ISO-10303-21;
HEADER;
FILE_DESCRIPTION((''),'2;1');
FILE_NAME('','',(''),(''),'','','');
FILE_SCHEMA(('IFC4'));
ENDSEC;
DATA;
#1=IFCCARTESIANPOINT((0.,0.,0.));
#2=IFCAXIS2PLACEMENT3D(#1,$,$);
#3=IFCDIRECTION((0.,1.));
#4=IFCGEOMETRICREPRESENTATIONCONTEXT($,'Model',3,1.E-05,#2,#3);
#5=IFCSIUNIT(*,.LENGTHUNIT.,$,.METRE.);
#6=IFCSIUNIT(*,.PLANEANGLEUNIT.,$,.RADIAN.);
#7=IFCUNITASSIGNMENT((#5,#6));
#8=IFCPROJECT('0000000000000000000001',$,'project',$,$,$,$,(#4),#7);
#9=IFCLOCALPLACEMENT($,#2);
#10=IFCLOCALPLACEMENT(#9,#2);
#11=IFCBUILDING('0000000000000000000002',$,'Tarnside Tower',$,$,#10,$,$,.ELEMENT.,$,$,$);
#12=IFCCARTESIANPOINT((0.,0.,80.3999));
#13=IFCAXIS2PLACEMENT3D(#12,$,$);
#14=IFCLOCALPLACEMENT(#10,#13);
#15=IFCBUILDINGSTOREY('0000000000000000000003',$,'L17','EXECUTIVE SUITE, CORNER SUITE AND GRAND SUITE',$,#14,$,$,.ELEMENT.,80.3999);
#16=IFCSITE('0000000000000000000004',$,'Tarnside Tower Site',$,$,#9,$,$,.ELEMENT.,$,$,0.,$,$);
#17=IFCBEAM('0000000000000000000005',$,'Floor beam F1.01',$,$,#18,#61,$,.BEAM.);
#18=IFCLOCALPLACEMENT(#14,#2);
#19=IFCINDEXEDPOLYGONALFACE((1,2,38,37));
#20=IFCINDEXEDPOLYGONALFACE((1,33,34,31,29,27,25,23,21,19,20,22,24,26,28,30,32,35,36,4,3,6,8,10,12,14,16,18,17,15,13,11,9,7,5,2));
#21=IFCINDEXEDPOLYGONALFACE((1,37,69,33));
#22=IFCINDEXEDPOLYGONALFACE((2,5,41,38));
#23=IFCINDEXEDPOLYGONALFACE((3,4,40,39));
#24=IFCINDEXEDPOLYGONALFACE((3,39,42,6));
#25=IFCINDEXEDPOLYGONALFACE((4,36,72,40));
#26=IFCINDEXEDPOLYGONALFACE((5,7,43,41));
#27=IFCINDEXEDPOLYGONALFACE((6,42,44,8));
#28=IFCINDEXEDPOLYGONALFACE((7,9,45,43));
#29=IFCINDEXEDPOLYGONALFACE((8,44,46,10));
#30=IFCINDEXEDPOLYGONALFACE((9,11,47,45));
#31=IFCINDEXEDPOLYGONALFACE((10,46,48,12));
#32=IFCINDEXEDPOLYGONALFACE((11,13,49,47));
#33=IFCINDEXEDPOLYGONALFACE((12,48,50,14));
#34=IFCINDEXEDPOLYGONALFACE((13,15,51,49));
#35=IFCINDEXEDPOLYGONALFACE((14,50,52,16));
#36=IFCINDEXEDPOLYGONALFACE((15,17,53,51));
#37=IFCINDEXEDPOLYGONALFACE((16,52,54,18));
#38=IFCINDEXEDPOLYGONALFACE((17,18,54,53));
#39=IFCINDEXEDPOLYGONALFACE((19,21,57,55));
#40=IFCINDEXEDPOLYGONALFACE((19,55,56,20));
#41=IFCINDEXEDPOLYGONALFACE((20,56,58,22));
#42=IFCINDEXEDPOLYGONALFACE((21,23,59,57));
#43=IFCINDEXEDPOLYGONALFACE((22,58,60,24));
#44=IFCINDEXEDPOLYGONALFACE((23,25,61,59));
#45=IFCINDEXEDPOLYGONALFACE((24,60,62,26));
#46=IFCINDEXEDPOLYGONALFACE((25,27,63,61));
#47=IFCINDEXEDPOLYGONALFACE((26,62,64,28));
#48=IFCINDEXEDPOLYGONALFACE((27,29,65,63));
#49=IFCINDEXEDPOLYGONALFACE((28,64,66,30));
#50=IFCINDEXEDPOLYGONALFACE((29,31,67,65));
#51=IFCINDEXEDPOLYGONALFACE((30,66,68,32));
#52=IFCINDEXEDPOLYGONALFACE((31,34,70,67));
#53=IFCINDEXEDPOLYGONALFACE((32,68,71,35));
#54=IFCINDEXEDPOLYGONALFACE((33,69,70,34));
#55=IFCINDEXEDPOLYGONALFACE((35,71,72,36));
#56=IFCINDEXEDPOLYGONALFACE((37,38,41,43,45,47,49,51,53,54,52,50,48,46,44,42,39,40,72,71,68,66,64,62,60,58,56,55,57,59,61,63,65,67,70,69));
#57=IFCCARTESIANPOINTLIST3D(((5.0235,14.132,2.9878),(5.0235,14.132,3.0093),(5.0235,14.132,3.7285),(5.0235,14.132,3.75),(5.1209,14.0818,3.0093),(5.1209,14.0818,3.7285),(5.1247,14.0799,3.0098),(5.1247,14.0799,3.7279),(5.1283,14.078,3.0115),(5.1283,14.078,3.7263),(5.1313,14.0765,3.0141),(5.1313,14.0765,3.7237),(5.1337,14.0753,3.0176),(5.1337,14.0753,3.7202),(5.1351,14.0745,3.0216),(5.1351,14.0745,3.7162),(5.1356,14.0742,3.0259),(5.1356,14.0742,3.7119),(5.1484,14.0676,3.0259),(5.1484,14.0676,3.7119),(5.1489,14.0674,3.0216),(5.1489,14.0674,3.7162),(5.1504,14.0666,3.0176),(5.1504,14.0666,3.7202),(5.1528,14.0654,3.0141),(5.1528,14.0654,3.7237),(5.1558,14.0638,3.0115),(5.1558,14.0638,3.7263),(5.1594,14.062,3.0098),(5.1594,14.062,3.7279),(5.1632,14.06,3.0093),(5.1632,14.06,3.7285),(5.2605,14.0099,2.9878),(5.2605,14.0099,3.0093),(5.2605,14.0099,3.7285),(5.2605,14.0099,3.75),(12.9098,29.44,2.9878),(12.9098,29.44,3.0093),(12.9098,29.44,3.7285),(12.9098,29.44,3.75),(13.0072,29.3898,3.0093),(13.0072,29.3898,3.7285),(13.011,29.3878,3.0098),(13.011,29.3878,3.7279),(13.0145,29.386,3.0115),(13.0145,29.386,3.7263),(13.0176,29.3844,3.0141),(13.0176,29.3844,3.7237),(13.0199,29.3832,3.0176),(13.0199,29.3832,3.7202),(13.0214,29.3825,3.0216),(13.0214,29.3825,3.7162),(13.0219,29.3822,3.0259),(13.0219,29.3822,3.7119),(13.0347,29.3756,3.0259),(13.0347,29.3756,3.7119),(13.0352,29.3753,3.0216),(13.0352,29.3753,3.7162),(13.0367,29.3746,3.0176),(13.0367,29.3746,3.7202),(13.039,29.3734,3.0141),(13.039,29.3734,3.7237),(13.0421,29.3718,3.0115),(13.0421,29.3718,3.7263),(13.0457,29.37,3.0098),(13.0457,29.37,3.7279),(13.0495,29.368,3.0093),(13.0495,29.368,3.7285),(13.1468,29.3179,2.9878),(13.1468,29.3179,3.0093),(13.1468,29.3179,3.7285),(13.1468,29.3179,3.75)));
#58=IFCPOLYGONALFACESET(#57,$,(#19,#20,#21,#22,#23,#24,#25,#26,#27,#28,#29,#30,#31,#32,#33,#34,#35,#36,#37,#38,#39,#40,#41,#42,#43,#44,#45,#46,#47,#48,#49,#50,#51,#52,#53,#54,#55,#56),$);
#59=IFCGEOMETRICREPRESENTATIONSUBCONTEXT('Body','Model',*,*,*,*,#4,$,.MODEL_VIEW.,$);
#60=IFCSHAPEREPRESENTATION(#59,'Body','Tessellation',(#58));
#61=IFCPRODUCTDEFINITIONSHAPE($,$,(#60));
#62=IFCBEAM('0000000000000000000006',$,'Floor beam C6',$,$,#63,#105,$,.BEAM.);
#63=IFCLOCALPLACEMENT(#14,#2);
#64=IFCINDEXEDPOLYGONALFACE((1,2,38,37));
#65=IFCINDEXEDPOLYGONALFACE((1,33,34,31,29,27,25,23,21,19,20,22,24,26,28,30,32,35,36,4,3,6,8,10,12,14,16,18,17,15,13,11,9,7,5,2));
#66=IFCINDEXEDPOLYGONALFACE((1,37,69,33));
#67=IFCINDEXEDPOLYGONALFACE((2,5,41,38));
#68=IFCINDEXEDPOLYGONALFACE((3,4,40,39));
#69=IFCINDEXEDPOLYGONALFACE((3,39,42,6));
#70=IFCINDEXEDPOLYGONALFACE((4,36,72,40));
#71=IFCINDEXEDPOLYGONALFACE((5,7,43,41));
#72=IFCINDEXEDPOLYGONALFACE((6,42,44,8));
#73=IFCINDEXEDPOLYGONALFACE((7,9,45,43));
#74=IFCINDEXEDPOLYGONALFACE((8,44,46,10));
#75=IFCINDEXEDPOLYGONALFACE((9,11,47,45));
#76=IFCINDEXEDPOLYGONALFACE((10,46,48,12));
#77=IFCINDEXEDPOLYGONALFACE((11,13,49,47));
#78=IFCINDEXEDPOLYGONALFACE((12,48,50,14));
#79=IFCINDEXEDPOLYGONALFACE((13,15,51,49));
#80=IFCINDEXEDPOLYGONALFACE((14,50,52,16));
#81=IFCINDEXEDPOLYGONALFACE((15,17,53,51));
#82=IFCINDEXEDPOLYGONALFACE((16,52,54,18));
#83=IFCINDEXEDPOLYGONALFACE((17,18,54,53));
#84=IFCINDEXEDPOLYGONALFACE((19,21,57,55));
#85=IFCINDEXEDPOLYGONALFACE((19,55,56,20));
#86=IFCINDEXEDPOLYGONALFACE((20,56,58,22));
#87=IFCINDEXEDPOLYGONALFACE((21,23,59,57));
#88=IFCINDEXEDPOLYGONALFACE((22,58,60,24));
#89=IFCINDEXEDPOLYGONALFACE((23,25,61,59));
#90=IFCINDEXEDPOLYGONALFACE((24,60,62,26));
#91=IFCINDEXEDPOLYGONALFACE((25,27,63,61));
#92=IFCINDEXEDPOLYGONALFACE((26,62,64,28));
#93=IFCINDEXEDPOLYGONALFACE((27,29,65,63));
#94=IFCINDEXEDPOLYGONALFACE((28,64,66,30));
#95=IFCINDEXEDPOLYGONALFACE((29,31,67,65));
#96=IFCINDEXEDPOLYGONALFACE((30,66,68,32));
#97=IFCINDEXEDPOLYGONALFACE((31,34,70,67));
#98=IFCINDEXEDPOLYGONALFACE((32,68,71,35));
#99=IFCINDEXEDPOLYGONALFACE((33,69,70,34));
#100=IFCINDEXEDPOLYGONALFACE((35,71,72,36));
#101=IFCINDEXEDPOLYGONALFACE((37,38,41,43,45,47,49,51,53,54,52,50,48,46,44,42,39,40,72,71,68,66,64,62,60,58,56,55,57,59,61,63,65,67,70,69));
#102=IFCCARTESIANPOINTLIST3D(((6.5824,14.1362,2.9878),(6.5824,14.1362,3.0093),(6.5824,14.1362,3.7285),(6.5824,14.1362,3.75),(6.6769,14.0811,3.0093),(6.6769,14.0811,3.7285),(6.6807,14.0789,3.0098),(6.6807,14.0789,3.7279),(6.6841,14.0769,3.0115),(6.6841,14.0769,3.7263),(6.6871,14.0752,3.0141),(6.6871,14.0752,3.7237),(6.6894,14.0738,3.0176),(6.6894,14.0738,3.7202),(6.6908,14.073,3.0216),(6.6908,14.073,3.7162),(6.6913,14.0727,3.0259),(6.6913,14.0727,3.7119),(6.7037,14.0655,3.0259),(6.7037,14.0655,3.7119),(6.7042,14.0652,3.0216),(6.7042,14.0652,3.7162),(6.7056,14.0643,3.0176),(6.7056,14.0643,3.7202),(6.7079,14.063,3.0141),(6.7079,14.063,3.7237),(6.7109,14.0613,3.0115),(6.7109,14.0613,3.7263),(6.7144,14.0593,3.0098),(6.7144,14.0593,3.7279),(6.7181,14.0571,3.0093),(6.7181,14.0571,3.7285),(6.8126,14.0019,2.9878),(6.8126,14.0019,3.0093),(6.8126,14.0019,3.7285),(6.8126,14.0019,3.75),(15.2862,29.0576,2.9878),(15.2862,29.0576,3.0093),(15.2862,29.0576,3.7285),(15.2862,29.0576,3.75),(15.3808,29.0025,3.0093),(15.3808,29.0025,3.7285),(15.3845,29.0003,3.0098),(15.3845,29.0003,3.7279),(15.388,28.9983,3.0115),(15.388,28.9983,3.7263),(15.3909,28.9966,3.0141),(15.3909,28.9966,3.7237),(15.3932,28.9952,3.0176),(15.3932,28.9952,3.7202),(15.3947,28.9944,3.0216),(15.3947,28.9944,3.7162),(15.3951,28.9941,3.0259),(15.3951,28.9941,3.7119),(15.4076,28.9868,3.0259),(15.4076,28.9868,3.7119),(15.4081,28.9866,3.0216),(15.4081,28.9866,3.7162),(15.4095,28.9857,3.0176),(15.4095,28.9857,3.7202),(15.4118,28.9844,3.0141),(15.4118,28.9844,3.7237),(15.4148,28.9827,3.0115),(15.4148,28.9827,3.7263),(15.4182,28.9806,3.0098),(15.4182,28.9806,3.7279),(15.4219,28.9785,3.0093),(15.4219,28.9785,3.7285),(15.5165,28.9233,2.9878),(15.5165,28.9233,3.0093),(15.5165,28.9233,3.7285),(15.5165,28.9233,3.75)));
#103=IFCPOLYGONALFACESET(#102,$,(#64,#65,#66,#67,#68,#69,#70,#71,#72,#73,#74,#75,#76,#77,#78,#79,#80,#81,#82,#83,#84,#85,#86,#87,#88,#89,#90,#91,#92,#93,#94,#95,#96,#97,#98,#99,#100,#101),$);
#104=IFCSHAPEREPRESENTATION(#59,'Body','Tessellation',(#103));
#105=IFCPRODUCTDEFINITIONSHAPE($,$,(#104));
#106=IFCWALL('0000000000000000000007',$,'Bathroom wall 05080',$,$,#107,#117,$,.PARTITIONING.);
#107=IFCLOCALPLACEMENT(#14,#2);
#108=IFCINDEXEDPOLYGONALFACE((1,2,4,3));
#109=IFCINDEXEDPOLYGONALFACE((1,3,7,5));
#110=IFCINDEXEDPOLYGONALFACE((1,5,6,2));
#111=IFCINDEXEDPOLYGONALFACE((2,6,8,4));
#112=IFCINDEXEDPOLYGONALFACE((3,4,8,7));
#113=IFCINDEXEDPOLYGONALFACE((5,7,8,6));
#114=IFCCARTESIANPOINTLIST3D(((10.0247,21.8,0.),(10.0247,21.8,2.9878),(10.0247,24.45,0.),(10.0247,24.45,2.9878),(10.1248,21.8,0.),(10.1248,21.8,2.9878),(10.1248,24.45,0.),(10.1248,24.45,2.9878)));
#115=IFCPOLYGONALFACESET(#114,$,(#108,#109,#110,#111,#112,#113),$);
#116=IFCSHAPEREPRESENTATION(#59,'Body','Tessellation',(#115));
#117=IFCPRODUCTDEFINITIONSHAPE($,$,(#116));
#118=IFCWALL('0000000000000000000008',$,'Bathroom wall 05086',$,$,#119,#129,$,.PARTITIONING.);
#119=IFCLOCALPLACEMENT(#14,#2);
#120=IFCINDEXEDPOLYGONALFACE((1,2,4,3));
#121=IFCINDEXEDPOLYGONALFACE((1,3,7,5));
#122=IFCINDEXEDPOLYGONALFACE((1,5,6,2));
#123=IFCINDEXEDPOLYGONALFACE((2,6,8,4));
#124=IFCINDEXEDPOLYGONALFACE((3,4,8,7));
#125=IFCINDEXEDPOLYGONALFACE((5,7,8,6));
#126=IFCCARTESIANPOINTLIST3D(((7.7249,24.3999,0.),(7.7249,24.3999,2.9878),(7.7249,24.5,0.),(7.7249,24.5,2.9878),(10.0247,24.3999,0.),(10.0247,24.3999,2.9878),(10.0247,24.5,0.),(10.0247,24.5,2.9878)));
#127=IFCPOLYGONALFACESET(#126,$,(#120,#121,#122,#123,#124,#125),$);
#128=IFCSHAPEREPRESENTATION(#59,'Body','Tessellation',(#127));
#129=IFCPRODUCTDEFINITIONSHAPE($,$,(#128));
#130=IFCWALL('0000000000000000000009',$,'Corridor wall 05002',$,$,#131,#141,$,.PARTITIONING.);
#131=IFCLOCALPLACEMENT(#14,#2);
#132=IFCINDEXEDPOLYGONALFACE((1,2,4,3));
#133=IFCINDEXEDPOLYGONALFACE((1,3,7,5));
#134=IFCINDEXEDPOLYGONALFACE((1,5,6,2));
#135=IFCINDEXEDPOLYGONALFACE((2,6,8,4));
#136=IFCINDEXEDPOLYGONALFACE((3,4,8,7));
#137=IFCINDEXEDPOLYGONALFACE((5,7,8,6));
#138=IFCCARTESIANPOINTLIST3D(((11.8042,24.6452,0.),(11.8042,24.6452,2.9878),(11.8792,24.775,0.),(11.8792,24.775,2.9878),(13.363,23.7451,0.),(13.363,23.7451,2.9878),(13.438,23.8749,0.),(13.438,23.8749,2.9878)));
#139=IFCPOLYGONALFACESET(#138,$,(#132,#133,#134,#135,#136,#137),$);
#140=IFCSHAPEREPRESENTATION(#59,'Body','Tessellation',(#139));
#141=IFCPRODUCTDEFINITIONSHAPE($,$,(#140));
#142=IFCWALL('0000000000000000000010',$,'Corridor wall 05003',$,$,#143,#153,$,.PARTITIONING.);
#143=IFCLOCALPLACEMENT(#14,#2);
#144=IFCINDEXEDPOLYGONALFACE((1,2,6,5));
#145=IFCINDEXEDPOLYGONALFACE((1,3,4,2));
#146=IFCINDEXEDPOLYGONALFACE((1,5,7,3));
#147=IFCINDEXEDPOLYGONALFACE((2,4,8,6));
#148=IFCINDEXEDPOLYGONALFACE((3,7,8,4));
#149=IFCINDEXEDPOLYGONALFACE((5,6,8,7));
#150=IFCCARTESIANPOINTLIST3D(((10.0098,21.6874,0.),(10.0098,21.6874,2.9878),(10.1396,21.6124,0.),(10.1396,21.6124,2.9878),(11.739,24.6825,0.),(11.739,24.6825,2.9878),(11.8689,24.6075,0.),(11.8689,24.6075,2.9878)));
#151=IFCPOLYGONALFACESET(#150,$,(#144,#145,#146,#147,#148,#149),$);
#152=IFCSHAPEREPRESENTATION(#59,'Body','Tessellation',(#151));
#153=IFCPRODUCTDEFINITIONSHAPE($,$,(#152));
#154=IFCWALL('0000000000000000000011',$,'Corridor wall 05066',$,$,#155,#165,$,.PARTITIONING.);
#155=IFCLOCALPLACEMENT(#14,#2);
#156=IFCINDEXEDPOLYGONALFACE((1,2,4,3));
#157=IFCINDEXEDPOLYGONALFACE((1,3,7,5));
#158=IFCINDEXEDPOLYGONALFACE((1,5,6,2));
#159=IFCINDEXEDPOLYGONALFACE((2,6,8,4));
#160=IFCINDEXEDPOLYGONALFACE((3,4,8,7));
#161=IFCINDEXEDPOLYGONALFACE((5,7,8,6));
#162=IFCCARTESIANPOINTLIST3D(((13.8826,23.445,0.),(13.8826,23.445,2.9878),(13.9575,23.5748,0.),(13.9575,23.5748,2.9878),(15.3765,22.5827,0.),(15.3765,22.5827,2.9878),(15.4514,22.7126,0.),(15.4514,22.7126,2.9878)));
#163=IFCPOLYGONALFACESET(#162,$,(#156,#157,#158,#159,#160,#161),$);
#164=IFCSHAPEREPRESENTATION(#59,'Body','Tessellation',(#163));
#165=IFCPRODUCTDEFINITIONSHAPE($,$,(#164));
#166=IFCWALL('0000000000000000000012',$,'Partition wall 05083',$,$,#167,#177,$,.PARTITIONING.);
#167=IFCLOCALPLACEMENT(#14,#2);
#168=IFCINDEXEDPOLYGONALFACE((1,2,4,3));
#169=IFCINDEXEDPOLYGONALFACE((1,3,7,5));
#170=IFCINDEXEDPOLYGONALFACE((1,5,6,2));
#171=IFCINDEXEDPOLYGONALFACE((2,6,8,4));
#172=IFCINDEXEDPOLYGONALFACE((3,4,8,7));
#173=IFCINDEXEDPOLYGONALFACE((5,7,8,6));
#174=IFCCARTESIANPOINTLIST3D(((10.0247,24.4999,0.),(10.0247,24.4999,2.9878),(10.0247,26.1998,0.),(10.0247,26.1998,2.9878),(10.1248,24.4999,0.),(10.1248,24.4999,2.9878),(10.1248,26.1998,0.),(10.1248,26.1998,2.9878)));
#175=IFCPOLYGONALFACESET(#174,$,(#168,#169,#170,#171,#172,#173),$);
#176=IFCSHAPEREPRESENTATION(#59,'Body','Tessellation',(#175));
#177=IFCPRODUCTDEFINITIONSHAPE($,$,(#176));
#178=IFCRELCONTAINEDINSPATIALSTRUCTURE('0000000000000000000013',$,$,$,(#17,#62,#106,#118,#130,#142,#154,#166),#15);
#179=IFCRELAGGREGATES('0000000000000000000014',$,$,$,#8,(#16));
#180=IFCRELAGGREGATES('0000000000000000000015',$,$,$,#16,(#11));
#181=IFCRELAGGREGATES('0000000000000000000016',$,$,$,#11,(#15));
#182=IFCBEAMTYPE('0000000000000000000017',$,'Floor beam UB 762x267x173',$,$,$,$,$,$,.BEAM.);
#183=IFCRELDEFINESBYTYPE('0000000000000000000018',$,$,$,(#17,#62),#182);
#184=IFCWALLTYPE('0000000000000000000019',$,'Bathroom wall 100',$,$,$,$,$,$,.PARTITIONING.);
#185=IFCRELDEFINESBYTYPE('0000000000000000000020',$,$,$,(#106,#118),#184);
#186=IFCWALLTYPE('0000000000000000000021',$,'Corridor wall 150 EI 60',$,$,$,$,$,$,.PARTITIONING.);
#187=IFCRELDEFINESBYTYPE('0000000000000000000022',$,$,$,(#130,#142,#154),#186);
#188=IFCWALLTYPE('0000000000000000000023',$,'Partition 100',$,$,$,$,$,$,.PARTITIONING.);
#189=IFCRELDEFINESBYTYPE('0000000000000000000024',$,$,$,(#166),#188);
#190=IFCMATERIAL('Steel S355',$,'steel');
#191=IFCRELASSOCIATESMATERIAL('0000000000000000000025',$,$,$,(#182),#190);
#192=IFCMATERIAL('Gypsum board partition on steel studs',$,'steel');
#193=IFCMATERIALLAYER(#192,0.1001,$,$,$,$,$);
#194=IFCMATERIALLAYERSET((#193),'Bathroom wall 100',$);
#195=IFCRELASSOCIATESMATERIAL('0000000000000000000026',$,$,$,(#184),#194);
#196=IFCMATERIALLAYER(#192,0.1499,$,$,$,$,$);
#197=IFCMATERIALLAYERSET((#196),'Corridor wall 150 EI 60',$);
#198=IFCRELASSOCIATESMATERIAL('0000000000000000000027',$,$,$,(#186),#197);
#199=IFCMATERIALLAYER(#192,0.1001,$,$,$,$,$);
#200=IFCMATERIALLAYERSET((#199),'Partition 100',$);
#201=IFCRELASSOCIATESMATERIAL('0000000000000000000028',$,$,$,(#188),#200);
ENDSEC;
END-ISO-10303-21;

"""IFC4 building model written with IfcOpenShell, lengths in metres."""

from ifc_helpers import new_model, si_unit, direction, frame, frame_2d, origin, origin_2d, place, context, subcontext, project, spatial, rectangle, i_section, extrude, material, layer, layer_set, material_profile, profile_set, type_object, element, save


model = new_model("IFC4")

# Units and contexts
model_context = context("Model", 3, precision=1e-05, world=origin(), true_north=direction((0.0, 1.0)))
body_context = subcontext(model_context, "Body", "Model", "MODEL_VIEW")
ifc_project = project(units=[si_unit("LENGTHUNIT", "METRE"), si_unit("PLANEANGLEUNIT", "RADIAN")], contexts=[model_context])

# Site, building, storey
site_placement = place(None, origin())
site = spatial("IfcSite", under=ifc_project, at=site_placement, Name="Tarnside Tower Site", CompositionType="ELEMENT", RefElevation=0.0)
building_placement = place(site_placement, origin())
building = spatial("IfcBuilding", under=site, at=building_placement, Name="Tarnside Tower", CompositionType="ELEMENT")
storey_placement = place(building_placement, frame((0.0, 0.0, 80.3999)))
storey = spatial("IfcBuildingStorey", under=building, at=storey_placement, Name="L17", Description="EXECUTIVE SUITE, CORNER SUITE AND GRAND SUITE", CompositionType="ELEMENT", Elevation=80.3999)

# Beams
ifc_material_1 = material(Name="Steel S355", Category="steel")
ifc_material_profile = material_profile(ifc_material_1, i_section(OverallWidth=0.2666, OverallDepth=0.7622, WebThickness=0.0144, FlangeThickness=0.0215, FilletRadius=0.0166, at=origin_2d()), Name="UB 762x267x173")
ifc_profile_set = profile_set([ifc_material_profile], Name="Steel S355")
beam_type = type_object("IfcBeamType", Name="Floor beam UB 762x267x173", PredefinedType="BEAM", material=ifc_profile_set)
beam_1_placement = place(storey_placement, frame((13.0283, 29.3789, 3.3689), z_axis=(-0.457973, -0.888966, 0.0), x_axis=(0.888966, -0.457973, 0.0)))
element("IfcBeam", 1, at=beam_1_placement, inside=storey, type_object=beam_type, Name="Floor beam F1.01", PredefinedType="BEAM", context=body_context, shape_type="SweptSolid", body=[
    extrude(i_section(OverallWidth=0.2666, OverallDepth=0.7622, WebThickness=0.0144, FlangeThickness=0.0215, FilletRadius=0.0166, at=origin_2d()), origin(), (0.0, 0.0, 1.0), 17.22),
])
beam_2_placement = place(storey_placement, frame((15.4014, 28.9905, 3.3689), z_axis=(-0.503859, -0.863786, 0.0), x_axis=(0.863786, -0.503859, 0.0)))
element("IfcBeam", 2, at=beam_2_placement, inside=storey, type_object=beam_type, Name="Floor beam C6", PredefinedType="BEAM", context=body_context, shape_type="SweptSolid", body=[
    extrude(i_section(OverallWidth=0.2666, OverallDepth=0.7622, WebThickness=0.0144, FlangeThickness=0.0215, FilletRadius=0.0166, at=origin_2d()), origin(), (0.0, 0.0, 1.0), 17.2744),
])

# Walls
ifc_material_2 = material(Name="Gypsum board partition on steel studs", Category="steel")
ifc_layer_1 = layer(ifc_material_2, 0.1001)
ifc_layer_set_1 = layer_set([ifc_layer_1], Name="Bathroom wall 100")
wall_type_1 = type_object("IfcWallType", Name="Bathroom wall 100", PredefinedType="PARTITIONING", material=ifc_layer_set_1)
wall_1_placement = place(storey_placement, frame((10.0747, 24.45, 0.0), z_axis=(0.0, 0.0, 1.0), x_axis=(0.0, -1.0, 0.0)))
element("IfcWall", 3, at=wall_1_placement, inside=storey, type_object=wall_type_1, Name="Bathroom wall 05080", PredefinedType="PARTITIONING", context=body_context, shape_type="SweptSolid", body=[
    extrude(rectangle(XDim=2.6499, YDim=0.1001, at=frame_2d((1.325, 0.0))), origin(), (0.0, 0.0, 1.0), 2.9878),
])
wall_2_placement = place(storey_placement, frame((10.0247, 24.45, 0.0), z_axis=(0.0, 0.0, 1.0), x_axis=(-1.0, 0.0, 0.0)))
element("IfcWall", 4, at=wall_2_placement, inside=storey, type_object=wall_type_1, Name="Bathroom wall 05086", PredefinedType="PARTITIONING", context=body_context, shape_type="SweptSolid", body=[
    extrude(rectangle(XDim=2.2998, YDim=0.1001, at=frame_2d((1.1499, 0.0))), origin(), (0.0, 0.0, 1.0), 2.9878),
])
ifc_layer_2 = layer(ifc_material_2, 0.1499)
ifc_layer_set_2 = layer_set([ifc_layer_2], Name="Corridor wall 150 EI 60")
wall_type_2 = type_object("IfcWallType", Name="Corridor wall 150 EI 60", PredefinedType="PARTITIONING", material=ifc_layer_set_2)
wall_3_placement = place(storey_placement, frame((13.4004, 23.8101, 0.0), z_axis=(0.0, 0.0, 1.0), x_axis=(-0.865989, 0.500063, 0.0)))
element("IfcWall", 5, at=wall_3_placement, inside=storey, type_object=wall_type_2, Name="Corridor wall 05002", PredefinedType="PARTITIONING", context=body_context, shape_type="SweptSolid", body=[
    extrude(rectangle(XDim=1.8, YDim=0.1499, at=frame_2d((0.8999, 0.0))), origin(), (0.0, 0.0, 1.0), 2.9878),
])
wall_4_placement = place(storey_placement, frame((11.804, 24.645, 0.0), z_axis=(0.0, 0.0, 1.0), x_axis=(-0.500004, -0.866023, 0.0)))
element("IfcWall", 6, at=wall_4_placement, inside=storey, type_object=wall_type_2, Name="Corridor wall 05003", PredefinedType="PARTITIONING", context=body_context, shape_type="SweptSolid", body=[
    extrude(rectangle(XDim=3.4585, YDim=0.1499, at=frame_2d((1.7292, 0.0))), origin(), (0.0, 0.0, 1.0), 2.9878),
])
wall_5_placement = place(storey_placement, frame((15.4138, 22.6477, 0.0), z_axis=(0.0, 0.0, 1.0), x_axis=(-0.866075, 0.499914, 0.0)))
element("IfcWall", 7, at=wall_5_placement, inside=storey, type_object=wall_type_2, Name="Corridor wall 05066", PredefinedType="PARTITIONING", context=body_context, shape_type="SweptSolid", body=[
    extrude(rectangle(XDim=1.7249, YDim=0.1499, at=frame_2d((0.8623, 0.0))), origin(), (0.0, 0.0, 1.0), 2.9878),
])
ifc_layer_3 = layer(ifc_material_2, 0.1001)
ifc_layer_set_3 = layer_set([ifc_layer_3], Name="Partition 100")
wall_type_3 = type_object("IfcWallType", Name="Partition 100", PredefinedType="PARTITIONING", material=ifc_layer_set_3)
wall_6_placement = place(storey_placement, frame((10.0747, 26.2, 0.0), z_axis=(0.0, 0.0, 1.0), x_axis=(0.0, -1.0, 0.0)))
element("IfcWall", 8, at=wall_6_placement, inside=storey, type_object=wall_type_3, Name="Partition wall 05083", PredefinedType="PARTITIONING", context=body_context, shape_type="SweptSolid", body=[
    extrude(rectangle(XDim=1.7, YDim=0.1001, at=frame_2d((0.8501, 0.0))), origin(), (0.0, 0.0, 1.0), 2.9878),
])

save(model, "model.ifc")
